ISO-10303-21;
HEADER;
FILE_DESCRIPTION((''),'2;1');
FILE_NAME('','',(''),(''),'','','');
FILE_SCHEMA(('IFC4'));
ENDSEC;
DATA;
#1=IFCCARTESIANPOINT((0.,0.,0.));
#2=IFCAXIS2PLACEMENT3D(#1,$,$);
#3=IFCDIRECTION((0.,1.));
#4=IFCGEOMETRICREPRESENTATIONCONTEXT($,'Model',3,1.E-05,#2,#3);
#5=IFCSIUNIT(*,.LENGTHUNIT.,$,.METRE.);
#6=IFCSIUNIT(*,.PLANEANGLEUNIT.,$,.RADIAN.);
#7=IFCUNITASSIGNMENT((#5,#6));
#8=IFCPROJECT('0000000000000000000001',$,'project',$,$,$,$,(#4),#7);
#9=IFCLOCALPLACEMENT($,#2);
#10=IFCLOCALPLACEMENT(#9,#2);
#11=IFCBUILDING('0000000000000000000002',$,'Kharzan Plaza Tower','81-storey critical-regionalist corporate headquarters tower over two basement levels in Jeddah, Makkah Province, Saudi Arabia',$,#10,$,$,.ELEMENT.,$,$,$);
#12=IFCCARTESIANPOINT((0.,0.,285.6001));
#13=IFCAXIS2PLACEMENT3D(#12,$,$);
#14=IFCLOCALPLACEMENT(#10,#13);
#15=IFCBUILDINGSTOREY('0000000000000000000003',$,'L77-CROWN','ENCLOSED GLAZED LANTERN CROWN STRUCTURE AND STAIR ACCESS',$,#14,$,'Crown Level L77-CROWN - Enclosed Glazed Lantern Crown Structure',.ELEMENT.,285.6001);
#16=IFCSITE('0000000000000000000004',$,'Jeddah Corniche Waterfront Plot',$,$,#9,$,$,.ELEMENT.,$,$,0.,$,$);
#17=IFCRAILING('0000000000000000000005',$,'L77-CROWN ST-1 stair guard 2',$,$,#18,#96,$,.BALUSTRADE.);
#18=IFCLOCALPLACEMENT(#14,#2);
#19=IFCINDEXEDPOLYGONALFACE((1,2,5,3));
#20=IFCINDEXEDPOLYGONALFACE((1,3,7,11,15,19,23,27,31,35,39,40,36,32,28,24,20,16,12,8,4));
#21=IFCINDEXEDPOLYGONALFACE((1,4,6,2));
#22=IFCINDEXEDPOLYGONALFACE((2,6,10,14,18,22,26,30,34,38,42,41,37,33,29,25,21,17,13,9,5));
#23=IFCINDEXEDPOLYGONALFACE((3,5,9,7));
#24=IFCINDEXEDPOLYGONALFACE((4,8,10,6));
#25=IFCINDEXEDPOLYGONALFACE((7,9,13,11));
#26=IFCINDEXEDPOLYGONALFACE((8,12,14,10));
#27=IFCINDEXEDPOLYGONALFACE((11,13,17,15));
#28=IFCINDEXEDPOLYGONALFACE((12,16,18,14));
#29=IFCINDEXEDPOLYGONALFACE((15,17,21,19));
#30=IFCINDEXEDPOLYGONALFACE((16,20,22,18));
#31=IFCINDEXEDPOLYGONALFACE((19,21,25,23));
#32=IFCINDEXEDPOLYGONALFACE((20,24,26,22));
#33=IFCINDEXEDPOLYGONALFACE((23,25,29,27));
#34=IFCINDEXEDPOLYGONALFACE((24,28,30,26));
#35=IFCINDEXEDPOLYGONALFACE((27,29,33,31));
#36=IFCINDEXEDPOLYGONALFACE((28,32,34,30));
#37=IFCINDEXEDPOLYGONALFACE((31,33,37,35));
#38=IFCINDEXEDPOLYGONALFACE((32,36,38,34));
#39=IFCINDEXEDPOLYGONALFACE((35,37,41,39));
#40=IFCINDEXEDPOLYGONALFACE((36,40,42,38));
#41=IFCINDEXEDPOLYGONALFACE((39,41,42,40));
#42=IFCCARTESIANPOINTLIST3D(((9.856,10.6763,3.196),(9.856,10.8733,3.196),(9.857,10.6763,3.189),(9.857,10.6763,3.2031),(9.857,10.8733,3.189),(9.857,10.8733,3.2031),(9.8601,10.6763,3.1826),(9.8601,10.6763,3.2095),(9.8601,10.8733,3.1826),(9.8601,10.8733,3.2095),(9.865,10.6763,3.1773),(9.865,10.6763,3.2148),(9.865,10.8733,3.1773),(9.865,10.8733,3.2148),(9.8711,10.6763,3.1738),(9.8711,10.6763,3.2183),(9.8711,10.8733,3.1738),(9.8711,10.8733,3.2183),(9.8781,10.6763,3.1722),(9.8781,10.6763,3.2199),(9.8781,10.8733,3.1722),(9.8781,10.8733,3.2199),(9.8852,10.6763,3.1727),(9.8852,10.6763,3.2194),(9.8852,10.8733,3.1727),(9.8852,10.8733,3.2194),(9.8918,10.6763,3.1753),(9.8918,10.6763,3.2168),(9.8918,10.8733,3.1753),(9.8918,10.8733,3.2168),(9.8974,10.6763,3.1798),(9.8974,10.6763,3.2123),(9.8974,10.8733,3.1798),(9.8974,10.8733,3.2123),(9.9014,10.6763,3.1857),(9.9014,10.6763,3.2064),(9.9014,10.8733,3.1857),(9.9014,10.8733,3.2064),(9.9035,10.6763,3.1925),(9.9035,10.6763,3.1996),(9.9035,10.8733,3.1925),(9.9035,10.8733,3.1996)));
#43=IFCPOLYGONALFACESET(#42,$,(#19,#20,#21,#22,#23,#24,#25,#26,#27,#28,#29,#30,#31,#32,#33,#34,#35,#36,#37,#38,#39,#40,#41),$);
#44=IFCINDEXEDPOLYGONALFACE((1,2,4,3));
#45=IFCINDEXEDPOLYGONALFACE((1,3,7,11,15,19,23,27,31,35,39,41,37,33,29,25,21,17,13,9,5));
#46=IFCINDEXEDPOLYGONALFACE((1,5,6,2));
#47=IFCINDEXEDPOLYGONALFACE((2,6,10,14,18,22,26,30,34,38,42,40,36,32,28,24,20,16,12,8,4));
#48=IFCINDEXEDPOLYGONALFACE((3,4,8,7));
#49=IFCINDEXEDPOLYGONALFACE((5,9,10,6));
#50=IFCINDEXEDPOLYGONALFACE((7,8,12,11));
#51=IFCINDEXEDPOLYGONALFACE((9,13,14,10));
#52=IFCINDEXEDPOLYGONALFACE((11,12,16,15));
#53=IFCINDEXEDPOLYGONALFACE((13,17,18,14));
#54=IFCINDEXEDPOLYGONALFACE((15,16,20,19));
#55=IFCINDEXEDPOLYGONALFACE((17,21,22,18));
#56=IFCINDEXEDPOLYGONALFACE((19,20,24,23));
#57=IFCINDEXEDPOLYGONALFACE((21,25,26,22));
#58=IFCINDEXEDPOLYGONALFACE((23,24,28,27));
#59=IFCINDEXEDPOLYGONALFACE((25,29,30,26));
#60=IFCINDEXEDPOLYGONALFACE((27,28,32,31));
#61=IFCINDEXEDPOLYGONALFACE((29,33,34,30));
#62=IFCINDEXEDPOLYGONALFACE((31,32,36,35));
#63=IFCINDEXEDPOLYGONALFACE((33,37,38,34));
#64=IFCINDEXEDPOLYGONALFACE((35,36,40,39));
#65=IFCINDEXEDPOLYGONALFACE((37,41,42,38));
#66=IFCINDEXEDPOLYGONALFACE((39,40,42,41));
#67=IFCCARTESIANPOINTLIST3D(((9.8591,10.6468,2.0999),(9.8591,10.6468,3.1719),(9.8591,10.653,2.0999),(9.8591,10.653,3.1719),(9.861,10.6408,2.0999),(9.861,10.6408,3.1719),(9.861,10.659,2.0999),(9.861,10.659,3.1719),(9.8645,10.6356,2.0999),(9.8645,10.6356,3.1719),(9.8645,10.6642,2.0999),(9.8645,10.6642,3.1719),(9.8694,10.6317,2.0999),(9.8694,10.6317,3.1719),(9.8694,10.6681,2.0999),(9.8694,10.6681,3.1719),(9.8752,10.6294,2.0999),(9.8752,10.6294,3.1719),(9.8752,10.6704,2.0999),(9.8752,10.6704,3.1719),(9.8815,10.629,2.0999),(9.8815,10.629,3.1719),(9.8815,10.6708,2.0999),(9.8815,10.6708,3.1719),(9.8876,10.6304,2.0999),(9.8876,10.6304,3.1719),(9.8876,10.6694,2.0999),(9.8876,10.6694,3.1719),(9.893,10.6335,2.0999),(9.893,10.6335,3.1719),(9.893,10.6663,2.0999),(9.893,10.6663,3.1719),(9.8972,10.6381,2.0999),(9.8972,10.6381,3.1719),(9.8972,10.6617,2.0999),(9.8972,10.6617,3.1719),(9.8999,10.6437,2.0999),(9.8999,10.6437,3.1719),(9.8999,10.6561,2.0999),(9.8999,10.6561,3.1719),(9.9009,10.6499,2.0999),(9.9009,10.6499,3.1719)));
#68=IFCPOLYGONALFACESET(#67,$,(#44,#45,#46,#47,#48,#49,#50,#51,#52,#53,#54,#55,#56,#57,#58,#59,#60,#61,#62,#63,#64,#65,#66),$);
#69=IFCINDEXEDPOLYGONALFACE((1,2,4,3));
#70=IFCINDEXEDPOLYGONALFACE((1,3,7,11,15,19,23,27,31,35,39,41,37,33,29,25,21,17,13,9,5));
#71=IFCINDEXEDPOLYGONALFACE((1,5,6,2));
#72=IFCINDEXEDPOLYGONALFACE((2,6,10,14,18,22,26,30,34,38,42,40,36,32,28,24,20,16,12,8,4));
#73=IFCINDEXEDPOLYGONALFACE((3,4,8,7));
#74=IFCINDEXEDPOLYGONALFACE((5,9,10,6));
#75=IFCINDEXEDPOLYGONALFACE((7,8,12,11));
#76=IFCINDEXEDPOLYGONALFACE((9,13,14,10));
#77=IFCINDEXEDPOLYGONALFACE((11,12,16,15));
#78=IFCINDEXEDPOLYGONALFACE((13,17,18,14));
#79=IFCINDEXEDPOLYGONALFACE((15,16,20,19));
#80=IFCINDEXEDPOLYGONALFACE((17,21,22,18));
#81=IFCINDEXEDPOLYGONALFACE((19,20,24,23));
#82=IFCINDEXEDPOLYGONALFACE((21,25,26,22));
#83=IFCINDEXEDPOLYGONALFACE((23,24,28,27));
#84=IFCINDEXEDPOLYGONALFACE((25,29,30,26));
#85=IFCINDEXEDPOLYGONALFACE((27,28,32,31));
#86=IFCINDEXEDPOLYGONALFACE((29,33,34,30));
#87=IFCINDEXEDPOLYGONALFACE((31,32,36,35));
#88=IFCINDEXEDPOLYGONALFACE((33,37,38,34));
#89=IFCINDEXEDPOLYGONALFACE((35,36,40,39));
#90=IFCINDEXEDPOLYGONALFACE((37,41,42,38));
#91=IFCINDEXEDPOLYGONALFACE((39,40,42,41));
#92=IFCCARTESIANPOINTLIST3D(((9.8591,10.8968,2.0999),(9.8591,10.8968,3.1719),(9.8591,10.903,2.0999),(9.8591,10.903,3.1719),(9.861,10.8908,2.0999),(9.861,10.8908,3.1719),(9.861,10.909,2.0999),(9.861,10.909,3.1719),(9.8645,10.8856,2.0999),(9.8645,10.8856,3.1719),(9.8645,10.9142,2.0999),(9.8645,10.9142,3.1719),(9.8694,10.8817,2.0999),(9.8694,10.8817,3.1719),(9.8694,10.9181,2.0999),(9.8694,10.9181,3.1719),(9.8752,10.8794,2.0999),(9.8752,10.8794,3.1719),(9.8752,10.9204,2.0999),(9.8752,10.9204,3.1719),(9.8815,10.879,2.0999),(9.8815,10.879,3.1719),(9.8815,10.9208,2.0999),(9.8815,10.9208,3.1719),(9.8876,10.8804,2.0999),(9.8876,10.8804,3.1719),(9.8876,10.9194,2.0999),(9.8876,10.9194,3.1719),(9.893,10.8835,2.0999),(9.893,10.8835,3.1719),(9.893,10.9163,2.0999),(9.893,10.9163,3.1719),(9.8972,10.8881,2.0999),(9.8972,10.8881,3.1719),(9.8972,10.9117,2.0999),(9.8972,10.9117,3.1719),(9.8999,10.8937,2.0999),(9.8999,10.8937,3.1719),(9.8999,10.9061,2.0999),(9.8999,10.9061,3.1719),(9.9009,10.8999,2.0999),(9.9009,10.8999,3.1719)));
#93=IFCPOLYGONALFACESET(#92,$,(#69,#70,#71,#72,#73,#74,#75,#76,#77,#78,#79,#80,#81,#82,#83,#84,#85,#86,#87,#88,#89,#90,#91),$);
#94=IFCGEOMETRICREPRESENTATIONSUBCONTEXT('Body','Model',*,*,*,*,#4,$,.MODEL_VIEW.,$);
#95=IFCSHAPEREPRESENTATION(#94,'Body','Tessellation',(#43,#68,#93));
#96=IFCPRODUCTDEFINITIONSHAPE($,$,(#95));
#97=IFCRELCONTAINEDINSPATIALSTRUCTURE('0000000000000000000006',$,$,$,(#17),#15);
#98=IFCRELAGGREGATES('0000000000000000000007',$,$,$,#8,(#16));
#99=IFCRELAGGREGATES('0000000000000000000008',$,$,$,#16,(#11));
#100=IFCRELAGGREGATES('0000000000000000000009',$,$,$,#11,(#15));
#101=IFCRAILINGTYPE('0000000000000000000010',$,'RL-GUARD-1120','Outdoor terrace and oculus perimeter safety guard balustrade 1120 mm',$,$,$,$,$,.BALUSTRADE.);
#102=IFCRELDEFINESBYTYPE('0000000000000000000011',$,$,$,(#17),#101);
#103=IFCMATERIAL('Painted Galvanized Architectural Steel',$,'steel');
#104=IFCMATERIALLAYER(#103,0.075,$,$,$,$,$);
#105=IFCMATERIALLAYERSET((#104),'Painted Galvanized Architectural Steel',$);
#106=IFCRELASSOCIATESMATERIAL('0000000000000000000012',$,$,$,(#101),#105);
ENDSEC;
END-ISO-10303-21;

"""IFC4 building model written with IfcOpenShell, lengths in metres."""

from ifc_helpers import new_model, si_unit, direction, frame, origin, origin_2d, place, context, subcontext, project, spatial, circle, extrude, source, transform, mapped, material, layer, layer_set, type_object, element, save


model = new_model("IFC4")

# Units and contexts
model_context = context("Model", 3, precision=1e-05, world=origin(), true_north=direction((0.0, 1.0)))
body_context = subcontext(model_context, "Body", "Model", "MODEL_VIEW")
ifc_project = project(units=[si_unit("LENGTHUNIT", "METRE"), si_unit("PLANEANGLEUNIT", "RADIAN")], contexts=[model_context])

# Site, building, storey
site_placement = place(None, origin())
site = spatial("IfcSite", under=ifc_project, at=site_placement, Name="Jeddah Corniche Waterfront Plot", CompositionType="ELEMENT", RefElevation=0.0)
building_placement = place(site_placement, origin())
building = spatial("IfcBuilding", under=site, at=building_placement, Name="Kharzan Plaza Tower", Description="81-storey critical-regionalist corporate headquarters tower over two basement levels in Jeddah, Makkah Province, Saudi Arabia", CompositionType="ELEMENT")
storey_placement = place(building_placement, frame((0.0, 0.0, 285.6001)))
storey = spatial("IfcBuildingStorey", under=building, at=storey_placement, Name="L77-CROWN", Description="ENCLOSED GLAZED LANTERN CROWN STRUCTURE AND STAIR ACCESS", LongName="Crown Level L77-CROWN - Enclosed Glazed Lantern Crown Structure", CompositionType="ELEMENT", Elevation=285.6001)

# Railing
ifc_material_1 = material(Name="Painted Galvanized Architectural Steel", Category="steel")
ifc_layer_1 = layer(ifc_material_1, 0.075)
ifc_layer_set_1 = layer_set([ifc_layer_1], Name="Painted Galvanized Architectural Steel")
railing_type = type_object("IfcRailingType", Name="RL-GUARD-1120", Description="Outdoor terrace and oculus perimeter safety guard balustrade 1120 mm", PredefinedType="BALUSTRADE", material=ifc_layer_set_1)
shared_shape_1 = source(origin(), body_context, "Body", "SweptSolid", [
    extrude(circle(Radius=0.0239, at=origin_2d()), frame((0.0, 0.0264, 1.0962), z_axis=(0.0, 1.0, 0.0), x_axis=(-1.0, 0.0, 0.0)), (0.0, 0.0, 1.0), 0.197),
    extrude(circle(Radius=0.021, at=origin_2d()), origin(), (0.0, 0.0, 1.0), 1.072),
    extrude(circle(Radius=0.021, at=origin_2d()), frame((0.0, 0.25, 0.0)), (0.0, 0.0, 1.0), 1.072),
])
railing_placement = place(storey_placement, frame((9.8799, 10.6499, 2.0999)))
element("IfcRailing", 1, at=railing_placement, inside=storey, type_object=railing_type, Name="L77-CROWN ST-1 stair guard 2", PredefinedType="BALUSTRADE", context=body_context, shape_type="MappedRepresentation", body=[
    mapped(shared_shape_1, transform((0.0, 0.0, 0.0), x_axis=(1.0, 0.0, 0.0), y_axis=(0.0, 1.0, 0.0), z_axis=(0.0, 0.0, 1.0))),
])

save(model, "model.ifc")
